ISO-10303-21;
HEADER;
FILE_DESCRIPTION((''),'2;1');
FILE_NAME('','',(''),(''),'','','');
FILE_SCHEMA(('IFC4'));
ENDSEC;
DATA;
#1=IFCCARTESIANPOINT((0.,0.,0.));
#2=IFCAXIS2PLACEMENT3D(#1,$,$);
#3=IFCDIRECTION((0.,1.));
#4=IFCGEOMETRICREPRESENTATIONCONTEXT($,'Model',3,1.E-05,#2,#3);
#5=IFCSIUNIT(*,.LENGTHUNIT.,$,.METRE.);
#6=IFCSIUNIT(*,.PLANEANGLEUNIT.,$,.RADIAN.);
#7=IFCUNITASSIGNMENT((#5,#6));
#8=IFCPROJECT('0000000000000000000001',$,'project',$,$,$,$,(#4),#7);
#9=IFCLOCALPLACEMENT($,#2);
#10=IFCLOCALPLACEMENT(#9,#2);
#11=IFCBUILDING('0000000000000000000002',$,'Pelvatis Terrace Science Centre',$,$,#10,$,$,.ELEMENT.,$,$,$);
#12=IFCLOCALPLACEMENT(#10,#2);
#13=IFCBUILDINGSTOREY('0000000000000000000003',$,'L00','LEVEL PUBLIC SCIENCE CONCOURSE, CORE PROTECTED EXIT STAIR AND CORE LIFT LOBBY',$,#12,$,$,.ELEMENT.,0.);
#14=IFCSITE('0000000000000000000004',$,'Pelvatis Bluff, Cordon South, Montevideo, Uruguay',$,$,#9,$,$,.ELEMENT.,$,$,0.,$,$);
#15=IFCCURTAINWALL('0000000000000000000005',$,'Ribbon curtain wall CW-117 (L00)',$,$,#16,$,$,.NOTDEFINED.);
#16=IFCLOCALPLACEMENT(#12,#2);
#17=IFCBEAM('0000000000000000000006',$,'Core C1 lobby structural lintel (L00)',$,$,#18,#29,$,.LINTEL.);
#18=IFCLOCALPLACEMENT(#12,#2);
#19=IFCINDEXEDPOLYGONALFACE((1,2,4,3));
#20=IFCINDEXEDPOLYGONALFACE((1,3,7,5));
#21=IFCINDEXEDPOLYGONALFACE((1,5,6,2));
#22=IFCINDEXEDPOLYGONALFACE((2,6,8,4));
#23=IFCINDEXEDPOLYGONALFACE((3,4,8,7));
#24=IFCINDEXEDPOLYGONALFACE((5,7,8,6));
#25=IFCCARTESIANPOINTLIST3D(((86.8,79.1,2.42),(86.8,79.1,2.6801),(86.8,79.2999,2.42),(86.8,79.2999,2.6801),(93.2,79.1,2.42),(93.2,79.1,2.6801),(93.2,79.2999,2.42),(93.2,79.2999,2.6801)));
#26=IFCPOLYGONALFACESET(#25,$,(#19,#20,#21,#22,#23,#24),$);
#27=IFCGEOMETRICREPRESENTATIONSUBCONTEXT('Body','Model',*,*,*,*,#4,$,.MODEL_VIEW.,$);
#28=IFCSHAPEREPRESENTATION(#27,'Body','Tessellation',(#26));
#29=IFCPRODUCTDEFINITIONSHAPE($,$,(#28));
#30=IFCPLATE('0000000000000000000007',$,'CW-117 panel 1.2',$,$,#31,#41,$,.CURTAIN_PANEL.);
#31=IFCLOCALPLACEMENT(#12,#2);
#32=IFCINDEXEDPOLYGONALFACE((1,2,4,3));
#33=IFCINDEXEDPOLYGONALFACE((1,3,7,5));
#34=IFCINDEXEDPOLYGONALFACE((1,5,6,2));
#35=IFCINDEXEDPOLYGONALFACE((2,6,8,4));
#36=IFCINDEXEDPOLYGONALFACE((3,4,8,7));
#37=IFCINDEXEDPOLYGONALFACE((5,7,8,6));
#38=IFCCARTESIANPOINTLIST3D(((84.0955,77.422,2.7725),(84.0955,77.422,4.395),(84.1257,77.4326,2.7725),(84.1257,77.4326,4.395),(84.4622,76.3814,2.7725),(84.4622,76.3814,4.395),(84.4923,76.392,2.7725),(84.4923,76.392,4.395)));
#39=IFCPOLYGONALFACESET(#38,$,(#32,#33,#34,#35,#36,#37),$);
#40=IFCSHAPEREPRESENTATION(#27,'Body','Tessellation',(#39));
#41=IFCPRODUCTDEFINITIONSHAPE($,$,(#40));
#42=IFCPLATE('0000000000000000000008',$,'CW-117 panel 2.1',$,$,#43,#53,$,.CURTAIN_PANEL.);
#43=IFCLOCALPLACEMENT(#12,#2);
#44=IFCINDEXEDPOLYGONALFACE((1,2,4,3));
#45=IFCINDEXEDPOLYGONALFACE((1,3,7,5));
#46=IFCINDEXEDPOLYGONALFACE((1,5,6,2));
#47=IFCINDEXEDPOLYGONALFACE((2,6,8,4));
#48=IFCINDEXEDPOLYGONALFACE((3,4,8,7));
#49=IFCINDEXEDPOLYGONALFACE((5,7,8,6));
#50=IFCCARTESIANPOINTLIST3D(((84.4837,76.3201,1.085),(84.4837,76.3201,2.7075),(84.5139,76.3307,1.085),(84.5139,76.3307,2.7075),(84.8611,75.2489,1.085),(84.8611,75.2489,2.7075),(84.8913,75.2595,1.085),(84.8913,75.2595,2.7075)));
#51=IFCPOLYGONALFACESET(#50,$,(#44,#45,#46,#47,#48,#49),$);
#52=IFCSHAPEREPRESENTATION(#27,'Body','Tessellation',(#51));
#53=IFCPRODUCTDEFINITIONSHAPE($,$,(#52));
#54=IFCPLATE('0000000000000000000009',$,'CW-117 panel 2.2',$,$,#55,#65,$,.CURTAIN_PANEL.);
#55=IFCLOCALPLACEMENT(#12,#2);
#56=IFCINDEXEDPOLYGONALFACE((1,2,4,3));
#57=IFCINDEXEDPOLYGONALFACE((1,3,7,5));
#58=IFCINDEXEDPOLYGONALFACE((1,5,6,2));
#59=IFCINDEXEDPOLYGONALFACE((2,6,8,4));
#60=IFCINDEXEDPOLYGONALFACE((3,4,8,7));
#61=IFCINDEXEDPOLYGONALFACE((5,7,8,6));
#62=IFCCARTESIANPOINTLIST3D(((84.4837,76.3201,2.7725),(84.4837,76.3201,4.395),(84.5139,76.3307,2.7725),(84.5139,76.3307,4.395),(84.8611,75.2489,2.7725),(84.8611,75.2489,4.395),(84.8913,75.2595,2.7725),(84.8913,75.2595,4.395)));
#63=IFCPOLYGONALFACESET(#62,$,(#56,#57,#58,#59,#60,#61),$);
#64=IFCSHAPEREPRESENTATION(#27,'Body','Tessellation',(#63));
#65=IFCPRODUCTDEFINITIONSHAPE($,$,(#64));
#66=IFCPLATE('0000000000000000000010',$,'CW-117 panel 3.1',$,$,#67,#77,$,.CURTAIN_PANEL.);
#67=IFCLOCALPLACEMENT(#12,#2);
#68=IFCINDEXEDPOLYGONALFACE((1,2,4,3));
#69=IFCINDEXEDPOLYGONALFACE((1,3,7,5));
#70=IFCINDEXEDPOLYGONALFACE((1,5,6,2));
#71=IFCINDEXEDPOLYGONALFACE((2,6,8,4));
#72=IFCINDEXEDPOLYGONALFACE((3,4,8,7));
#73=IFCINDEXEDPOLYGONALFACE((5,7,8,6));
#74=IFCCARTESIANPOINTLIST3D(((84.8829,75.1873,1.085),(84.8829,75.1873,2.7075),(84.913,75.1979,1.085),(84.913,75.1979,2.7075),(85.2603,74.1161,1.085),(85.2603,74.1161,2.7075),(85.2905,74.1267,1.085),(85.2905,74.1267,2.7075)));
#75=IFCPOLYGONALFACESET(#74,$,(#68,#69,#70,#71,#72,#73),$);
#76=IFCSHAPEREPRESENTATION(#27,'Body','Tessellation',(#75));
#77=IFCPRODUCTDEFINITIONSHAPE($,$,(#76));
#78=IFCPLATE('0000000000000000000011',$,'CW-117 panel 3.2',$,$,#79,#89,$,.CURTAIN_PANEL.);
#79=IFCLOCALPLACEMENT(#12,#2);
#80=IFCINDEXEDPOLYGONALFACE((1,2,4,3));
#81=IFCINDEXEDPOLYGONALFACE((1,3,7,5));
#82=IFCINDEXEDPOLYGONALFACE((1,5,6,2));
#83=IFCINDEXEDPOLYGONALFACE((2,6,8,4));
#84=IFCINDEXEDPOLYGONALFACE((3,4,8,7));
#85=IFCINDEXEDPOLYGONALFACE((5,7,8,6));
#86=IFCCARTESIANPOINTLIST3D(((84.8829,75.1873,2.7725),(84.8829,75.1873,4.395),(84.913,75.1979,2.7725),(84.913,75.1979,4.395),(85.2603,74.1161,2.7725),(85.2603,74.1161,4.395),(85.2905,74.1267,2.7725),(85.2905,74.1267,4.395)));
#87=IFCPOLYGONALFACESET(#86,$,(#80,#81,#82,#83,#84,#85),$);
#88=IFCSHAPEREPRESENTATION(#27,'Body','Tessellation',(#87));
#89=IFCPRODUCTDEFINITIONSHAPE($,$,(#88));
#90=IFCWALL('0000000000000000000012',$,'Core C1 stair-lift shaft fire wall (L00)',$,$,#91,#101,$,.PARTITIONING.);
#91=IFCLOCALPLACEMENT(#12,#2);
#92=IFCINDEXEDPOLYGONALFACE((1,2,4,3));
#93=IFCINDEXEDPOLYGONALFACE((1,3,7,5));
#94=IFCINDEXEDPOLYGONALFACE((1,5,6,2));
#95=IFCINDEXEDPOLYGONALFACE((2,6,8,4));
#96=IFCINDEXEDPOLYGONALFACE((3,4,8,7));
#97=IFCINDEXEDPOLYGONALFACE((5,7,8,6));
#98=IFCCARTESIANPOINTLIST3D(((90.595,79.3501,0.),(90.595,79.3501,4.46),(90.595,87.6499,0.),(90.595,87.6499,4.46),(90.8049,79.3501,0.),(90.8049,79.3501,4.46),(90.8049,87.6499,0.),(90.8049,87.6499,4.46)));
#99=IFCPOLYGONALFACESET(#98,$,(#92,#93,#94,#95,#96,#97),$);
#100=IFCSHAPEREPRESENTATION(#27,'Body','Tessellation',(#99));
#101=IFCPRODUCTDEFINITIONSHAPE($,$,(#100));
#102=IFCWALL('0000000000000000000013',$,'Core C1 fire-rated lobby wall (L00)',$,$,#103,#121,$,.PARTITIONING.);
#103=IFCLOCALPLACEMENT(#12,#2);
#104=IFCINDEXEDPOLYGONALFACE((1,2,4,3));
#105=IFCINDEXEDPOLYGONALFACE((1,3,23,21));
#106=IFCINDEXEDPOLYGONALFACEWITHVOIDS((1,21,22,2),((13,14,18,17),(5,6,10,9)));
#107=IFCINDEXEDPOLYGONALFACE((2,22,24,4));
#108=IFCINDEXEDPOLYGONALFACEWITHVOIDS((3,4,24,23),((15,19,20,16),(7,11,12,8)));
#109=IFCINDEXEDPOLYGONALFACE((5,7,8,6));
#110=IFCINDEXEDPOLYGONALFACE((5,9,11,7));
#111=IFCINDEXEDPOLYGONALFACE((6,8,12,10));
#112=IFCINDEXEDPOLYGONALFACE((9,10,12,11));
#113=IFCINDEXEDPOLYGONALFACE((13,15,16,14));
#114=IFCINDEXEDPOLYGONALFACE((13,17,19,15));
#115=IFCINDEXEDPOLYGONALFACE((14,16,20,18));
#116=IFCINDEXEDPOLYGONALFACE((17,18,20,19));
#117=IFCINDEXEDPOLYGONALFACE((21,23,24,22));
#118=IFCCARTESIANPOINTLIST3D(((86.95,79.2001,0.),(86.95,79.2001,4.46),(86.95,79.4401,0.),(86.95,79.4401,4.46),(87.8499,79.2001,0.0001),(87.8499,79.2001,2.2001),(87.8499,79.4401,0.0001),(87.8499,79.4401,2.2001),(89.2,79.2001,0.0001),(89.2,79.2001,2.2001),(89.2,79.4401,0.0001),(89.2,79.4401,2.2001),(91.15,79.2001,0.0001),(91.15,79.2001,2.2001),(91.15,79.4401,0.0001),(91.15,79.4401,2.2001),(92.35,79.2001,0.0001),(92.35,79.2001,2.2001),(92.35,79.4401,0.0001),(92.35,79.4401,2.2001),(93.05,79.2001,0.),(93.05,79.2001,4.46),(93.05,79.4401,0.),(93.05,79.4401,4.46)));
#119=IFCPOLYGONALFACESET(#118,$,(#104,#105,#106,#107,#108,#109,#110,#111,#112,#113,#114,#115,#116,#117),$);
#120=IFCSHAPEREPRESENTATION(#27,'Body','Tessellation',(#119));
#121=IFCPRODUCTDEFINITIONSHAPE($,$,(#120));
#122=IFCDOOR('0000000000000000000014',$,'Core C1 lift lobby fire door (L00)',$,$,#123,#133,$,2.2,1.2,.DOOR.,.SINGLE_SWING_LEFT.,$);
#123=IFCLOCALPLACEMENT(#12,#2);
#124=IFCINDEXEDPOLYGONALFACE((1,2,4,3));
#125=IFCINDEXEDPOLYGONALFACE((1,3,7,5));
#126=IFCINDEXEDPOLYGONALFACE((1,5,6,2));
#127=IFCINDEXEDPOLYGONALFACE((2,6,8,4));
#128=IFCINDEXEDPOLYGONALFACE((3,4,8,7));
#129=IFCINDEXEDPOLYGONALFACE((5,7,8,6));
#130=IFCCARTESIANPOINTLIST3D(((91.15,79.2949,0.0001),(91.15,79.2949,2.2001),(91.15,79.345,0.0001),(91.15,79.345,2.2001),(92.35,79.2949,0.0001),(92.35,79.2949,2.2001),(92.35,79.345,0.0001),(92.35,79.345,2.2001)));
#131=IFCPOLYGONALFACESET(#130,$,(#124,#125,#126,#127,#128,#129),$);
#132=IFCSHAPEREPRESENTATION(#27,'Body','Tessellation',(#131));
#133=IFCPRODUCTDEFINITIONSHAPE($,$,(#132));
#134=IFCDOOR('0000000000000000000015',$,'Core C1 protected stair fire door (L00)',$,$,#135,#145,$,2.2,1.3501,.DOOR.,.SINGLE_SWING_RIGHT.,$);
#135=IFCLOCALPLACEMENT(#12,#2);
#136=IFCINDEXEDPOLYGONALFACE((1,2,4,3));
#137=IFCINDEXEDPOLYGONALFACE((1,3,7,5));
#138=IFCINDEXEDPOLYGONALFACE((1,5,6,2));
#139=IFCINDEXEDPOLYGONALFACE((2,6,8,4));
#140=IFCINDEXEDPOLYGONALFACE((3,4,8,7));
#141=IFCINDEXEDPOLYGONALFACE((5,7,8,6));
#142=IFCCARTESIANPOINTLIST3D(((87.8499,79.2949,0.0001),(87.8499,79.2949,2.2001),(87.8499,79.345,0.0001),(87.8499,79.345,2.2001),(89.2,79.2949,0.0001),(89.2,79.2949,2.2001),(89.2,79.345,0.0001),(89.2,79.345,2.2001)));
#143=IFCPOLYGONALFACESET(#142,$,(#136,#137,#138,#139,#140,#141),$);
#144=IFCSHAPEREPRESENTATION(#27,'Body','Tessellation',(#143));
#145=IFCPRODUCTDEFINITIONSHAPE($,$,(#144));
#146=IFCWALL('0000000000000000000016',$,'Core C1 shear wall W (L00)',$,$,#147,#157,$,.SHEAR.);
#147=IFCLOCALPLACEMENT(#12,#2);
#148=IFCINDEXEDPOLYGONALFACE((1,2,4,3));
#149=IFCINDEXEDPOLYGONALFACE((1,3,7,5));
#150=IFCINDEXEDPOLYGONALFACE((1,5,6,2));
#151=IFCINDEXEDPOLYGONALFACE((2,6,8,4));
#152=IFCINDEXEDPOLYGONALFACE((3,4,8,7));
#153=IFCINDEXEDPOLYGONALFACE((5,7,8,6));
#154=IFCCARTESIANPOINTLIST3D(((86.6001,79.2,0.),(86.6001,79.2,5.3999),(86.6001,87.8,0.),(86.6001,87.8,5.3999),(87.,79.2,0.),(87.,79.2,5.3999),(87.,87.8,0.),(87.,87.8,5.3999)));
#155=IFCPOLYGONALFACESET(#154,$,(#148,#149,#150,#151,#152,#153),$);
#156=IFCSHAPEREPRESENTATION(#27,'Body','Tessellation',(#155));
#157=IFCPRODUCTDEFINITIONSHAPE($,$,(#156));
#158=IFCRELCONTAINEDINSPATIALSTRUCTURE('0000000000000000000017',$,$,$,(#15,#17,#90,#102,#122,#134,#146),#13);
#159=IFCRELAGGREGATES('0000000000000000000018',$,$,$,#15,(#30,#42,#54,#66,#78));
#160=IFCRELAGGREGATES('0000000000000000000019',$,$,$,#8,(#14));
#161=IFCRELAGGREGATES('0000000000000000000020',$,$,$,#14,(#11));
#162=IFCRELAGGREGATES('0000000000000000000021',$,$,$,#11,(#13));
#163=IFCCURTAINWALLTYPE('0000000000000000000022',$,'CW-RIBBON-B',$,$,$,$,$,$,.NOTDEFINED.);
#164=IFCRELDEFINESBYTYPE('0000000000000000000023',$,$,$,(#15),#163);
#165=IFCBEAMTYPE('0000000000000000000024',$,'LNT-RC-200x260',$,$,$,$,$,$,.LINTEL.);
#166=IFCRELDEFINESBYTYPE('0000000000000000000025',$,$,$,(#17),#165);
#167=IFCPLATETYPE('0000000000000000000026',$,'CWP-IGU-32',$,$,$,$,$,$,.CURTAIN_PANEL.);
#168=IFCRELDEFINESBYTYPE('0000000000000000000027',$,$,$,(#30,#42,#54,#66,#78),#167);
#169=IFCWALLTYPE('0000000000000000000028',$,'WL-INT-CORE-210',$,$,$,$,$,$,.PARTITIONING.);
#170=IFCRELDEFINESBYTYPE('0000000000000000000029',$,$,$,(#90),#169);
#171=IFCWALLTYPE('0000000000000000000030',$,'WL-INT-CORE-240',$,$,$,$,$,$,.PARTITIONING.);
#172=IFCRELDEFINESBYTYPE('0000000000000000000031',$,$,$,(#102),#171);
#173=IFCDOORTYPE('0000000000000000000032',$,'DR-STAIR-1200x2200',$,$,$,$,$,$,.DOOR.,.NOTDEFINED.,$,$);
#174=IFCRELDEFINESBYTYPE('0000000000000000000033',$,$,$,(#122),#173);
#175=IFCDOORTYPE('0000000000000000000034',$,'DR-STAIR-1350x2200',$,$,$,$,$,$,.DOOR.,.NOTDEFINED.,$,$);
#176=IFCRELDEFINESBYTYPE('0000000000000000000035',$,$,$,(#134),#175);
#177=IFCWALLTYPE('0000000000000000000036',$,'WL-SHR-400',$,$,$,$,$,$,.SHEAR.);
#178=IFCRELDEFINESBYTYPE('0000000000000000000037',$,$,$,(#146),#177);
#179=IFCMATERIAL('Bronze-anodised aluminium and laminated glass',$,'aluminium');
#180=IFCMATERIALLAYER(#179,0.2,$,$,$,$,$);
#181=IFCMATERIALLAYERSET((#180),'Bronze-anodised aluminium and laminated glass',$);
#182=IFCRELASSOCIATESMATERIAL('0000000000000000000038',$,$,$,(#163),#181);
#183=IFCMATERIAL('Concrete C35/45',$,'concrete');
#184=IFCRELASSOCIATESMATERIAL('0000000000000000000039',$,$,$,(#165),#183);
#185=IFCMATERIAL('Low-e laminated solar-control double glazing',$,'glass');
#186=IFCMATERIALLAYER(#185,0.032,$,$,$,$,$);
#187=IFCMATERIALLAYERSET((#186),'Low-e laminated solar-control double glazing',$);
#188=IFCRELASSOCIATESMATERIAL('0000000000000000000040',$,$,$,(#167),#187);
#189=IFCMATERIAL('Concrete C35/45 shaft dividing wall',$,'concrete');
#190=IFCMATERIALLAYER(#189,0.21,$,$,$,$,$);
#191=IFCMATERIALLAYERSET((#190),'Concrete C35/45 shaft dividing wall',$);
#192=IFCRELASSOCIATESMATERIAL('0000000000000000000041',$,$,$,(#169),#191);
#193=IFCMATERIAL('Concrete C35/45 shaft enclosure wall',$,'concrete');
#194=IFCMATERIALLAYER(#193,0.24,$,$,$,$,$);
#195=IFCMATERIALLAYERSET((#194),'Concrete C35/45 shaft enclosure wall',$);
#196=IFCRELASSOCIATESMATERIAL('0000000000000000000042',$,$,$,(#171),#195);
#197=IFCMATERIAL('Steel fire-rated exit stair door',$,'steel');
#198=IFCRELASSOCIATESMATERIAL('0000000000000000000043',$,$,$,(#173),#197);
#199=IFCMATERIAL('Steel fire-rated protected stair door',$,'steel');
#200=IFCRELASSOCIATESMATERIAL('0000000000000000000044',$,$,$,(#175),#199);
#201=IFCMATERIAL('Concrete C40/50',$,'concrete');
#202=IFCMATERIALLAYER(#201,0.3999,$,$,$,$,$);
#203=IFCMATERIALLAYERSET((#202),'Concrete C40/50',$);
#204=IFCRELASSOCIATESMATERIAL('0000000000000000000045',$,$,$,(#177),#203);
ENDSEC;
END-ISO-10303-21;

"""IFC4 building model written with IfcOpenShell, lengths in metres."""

from ifc_helpers import new_model, si_unit, direction, frame, frame_2d, origin, origin_2d, place, context, subcontext, project, spatial, rectangle, extrude, material, layer, layer_set, material_profile, profile_set, type_object, element, fill, aggregate, save


model = new_model("IFC4")

# Units and contexts
model_context = context("Model", 3, precision=1e-05, world=origin(), true_north=direction((0.0, 1.0)))
body_context = subcontext(model_context, "Body", "Model", "MODEL_VIEW")
ifc_project = project(units=[si_unit("LENGTHUNIT", "METRE"), si_unit("PLANEANGLEUNIT", "RADIAN")], contexts=[model_context])

# Site, building, storey
site_placement = place(None, origin())
site = spatial("IfcSite", under=ifc_project, at=site_placement, Name="Pelvatis Bluff, Cordon South, Montevideo, Uruguay", CompositionType="ELEMENT", RefElevation=0.0)
building_placement = place(site_placement, origin())
building = spatial("IfcBuilding", under=site, at=building_placement, Name="Pelvatis Terrace Science Centre", CompositionType="ELEMENT")
storey_placement = place(building_placement, origin())
storey = spatial("IfcBuildingStorey", under=building, at=storey_placement, Name="L00", Description="LEVEL PUBLIC SCIENCE CONCOURSE, CORE PROTECTED EXIT STAIR AND CORE LIFT LOBBY", CompositionType="ELEMENT", Elevation=0.0)

# Curtain wall
ifc_material_1 = material(Name="Bronze-anodised aluminium and laminated glass", Category="aluminium")
ifc_layer_1 = layer(ifc_material_1, 0.2)
ifc_layer_set_1 = layer_set([ifc_layer_1], Name="Bronze-anodised aluminium and laminated glass")
curtain_wall_type = type_object("IfcCurtainWallType", Name="CW-RIBBON-B", PredefinedType="NOTDEFINED", material=ifc_layer_set_1)
curtain_wall_placement = place(storey_placement, origin())
curtain_wall = element("IfcCurtainWall", 1, at=curtain_wall_placement, inside=storey, type_object=curtain_wall_type, Name="Ribbon curtain wall CW-117 (L00)", PredefinedType="NOTDEFINED")

# Beam
ifc_material_2 = material(Name="Concrete C35/45", Category="concrete")
ifc_material_profile_1 = material_profile(ifc_material_2, rectangle(XDim=0.2, YDim=0.26, at=origin_2d()), Name="RC-LNT 200x260")
ifc_profile_set_1 = profile_set([ifc_material_profile_1], Name="Concrete C35/45")
beam_type_1 = type_object("IfcBeamType", Name="LNT-RC-200x260", PredefinedType="LINTEL", material=ifc_profile_set_1)
beam_1_placement = place(storey_placement, frame((86.8, 79.2, 2.55), z_axis=(1.0, 0.0, 0.0), x_axis=(0.0, 1.0, 0.0)))
element("IfcBeam", 2, at=beam_1_placement, inside=storey, type_object=beam_type_1, Name="Core C1 lobby structural lintel (L00)", PredefinedType="LINTEL", context=body_context, shape_type="SweptSolid", body=[
    extrude(rectangle(XDim=0.2, YDim=0.26, at=origin_2d()), origin(), (0.0, 0.0, 1.0), 6.3999),
])

# Plates
ifc_material_3 = material(Name="Low-e laminated solar-control double glazing", Category="glass")
ifc_layer_2 = layer(ifc_material_3, 0.032)
ifc_layer_set_2 = layer_set([ifc_layer_2], Name="Low-e laminated solar-control double glazing")
plate_type = type_object("IfcPlateType", Name="CWP-IGU-32", PredefinedType="CURTAIN_PANEL", material=ifc_layer_set_2)
plate_1_placement = place(storey_placement, frame((84.2939, 76.907, 2.7725), z_axis=(0.0, 0.0, 1.0), x_axis=(0.332308, -0.943171, 0.0)))
plate_1 = element("IfcPlate", 3, at=plate_1_placement, type_object=plate_type, Name="CW-117 panel 1.2", PredefinedType="CURTAIN_PANEL", context=body_context, shape_type="SweptSolid", body=[
    extrude(rectangle(XDim=1.1033, YDim=0.032, at=origin_2d()), origin(), (0.0, 0.0, 1.0), 1.6226),
])
plate_2_placement = place(storey_placement, frame((84.6875, 75.7898, 1.085), z_axis=(0.0, 0.0, 1.0), x_axis=(0.332308, -0.943171, 0.0)))
plate_2 = element("IfcPlate", 4, at=plate_2_placement, type_object=plate_type, Name="CW-117 panel 2.1", PredefinedType="CURTAIN_PANEL", context=body_context, shape_type="SweptSolid", body=[
    extrude(rectangle(XDim=1.1357, YDim=0.032, at=origin_2d()), origin(), (0.0, 0.0, 1.0), 1.6226),
])
plate_3_placement = place(storey_placement, frame((84.6875, 75.7898, 2.7725), z_axis=(0.0, 0.0, 1.0), x_axis=(0.332308, -0.943171, 0.0)))
plate_3 = element("IfcPlate", 5, at=plate_3_placement, type_object=plate_type, Name="CW-117 panel 2.2", PredefinedType="CURTAIN_PANEL", context=body_context, shape_type="SweptSolid", body=[
    extrude(rectangle(XDim=1.1357, YDim=0.032, at=origin_2d()), origin(), (0.0, 0.0, 1.0), 1.6226),
])
plate_4_placement = place(storey_placement, frame((85.0867, 74.657, 1.085), z_axis=(0.0, 0.0, 1.0), x_axis=(0.332308, -0.943171, 0.0)))
plate_4 = element("IfcPlate", 6, at=plate_4_placement, type_object=plate_type, Name="CW-117 panel 3.1", PredefinedType="CURTAIN_PANEL", context=body_context, shape_type="SweptSolid", body=[
    extrude(rectangle(XDim=1.1357, YDim=0.032, at=origin_2d()), origin(), (0.0, 0.0, 1.0), 1.6226),
])
plate_5_placement = place(storey_placement, frame((85.0867, 74.657, 2.7725), z_axis=(0.0, 0.0, 1.0), x_axis=(0.332308, -0.943171, 0.0)))
plate_5 = element("IfcPlate", 7, at=plate_5_placement, type_object=plate_type, Name="CW-117 panel 3.2", PredefinedType="CURTAIN_PANEL", context=body_context, shape_type="SweptSolid", body=[
    extrude(rectangle(XDim=1.1357, YDim=0.032, at=origin_2d()), origin(), (0.0, 0.0, 1.0), 1.6226),
])
aggregate(curtain_wall, [plate_1, plate_2, plate_3, plate_4, plate_5])

# Wall
ifc_material_4 = material(Name="Concrete C35/45 shaft dividing wall", Category="concrete")
ifc_layer_3 = layer(ifc_material_4, 0.21)
ifc_layer_set_3 = layer_set([ifc_layer_3], Name="Concrete C35/45 shaft dividing wall")
wall_type_1 = type_object("IfcWallType", Name="WL-INT-CORE-210", PredefinedType="PARTITIONING", material=ifc_layer_set_3)
wall_1_placement = place(storey_placement, frame((90.7, 79.3501, 0.0), z_axis=(0.0, 0.0, 1.0), x_axis=(0.0, 1.0, 0.0)))
element("IfcWall", 8, at=wall_1_placement, inside=storey, type_object=wall_type_1, Name="Core C1 stair-lift shaft fire wall (L00)", PredefinedType="PARTITIONING", context=body_context, shape_type="SweptSolid", body=[
    extrude(rectangle(XDim=8.2998, YDim=0.21, at=frame_2d((4.1499, 0.0))), origin(), (0.0, 0.0, 1.0), 4.46),
])

# Wall, openings, doors
ifc_material_5 = material(Name="Concrete C35/45 shaft enclosure wall", Category="concrete")
ifc_layer_4 = layer(ifc_material_5, 0.24)
ifc_layer_set_4 = layer_set([ifc_layer_4], Name="Concrete C35/45 shaft enclosure wall")
wall_type_2 = type_object("IfcWallType", Name="WL-INT-CORE-240", PredefinedType="PARTITIONING", material=ifc_layer_set_4)
wall_2_placement = place(storey_placement, frame((86.95, 79.3201, 0.0), z_axis=(0.0, 0.0, 1.0), x_axis=(1.0, 0.0, 0.0)))
wall_2 = element("IfcWall", 9, at=wall_2_placement, inside=storey, type_object=wall_type_2, Name="Core C1 fire-rated lobby wall (L00)", PredefinedType="PARTITIONING", context=body_context, shape_type="SweptSolid", body=[
    extrude(rectangle(XDim=6.1001, YDim=0.24, at=frame_2d((3.05, 0.0))), origin(), (0.0, 0.0, 1.0), 4.46),
])
opening_1_placement = place(wall_2_placement, frame((0.8999, 0.0, 0.0)))
opening_1 = element("IfcOpeningElement", 10, at=opening_1_placement, cuts=wall_2, PredefinedType="OPENING", context=body_context, shape_type="SweptSolid", body=[
    extrude(rectangle(XDim=1.3501, YDim=2.2, at=frame_2d((0.675, 1.1001))), frame((0.0, 0.1299, 0.0), z_axis=(0.0, -1.0, 0.0), x_axis=(1.0, 0.0, 0.0)), (0.0, 0.0, 1.0), 0.26),
])
opening_2_placement = place(wall_2_placement, frame((4.2, 0.0, 0.0)))
opening_2 = element("IfcOpeningElement", 11, at=opening_2_placement, cuts=wall_2, PredefinedType="OPENING", context=body_context, shape_type="SweptSolid", body=[
    extrude(rectangle(XDim=1.2, YDim=2.2, at=frame_2d((0.6001, 1.1001))), frame((0.0, 0.1299, 0.0), z_axis=(0.0, -1.0, 0.0), x_axis=(1.0, 0.0, 0.0)), (0.0, 0.0, 1.0), 0.26),
])
ifc_material_6 = material(Name="Steel fire-rated exit stair door", Category="steel")
door_type_1 = type_object("IfcDoorType", Name="DR-STAIR-1200x2200", OperationType="NOTDEFINED", PredefinedType="DOOR", material=ifc_material_6)
door_1_placement = place(opening_2_placement, origin())
door_1 = element("IfcDoor", 12, at=door_1_placement, inside=storey, type_object=door_type_1, Name="Core C1 lift lobby fire door (L00)", OperationType="SINGLE_SWING_LEFT", OverallHeight=2.2, OverallWidth=1.2, PredefinedType="DOOR", context=body_context, shape_type="SweptSolid", body=[
    extrude(rectangle(XDim=1.2, YDim=2.2, at=frame_2d((0.6001, 1.1001))), frame((0.0, 0.0249, 0.0), z_axis=(0.0, -1.0, 0.0), x_axis=(1.0, 0.0, 0.0)), (0.0, 0.0, 1.0), 0.05),
])
fill(opening_2, door_1)
ifc_material_7 = material(Name="Steel fire-rated protected stair door", Category="steel")
door_type_2 = type_object("IfcDoorType", Name="DR-STAIR-1350x2200", OperationType="NOTDEFINED", PredefinedType="DOOR", material=ifc_material_7)
door_2_placement = place(opening_1_placement, origin())
door_2 = element("IfcDoor", 13, at=door_2_placement, inside=storey, type_object=door_type_2, Name="Core C1 protected stair fire door (L00)", OperationType="SINGLE_SWING_RIGHT", OverallHeight=2.2, OverallWidth=1.3501, PredefinedType="DOOR", context=body_context, shape_type="SweptSolid", body=[
    extrude(rectangle(XDim=1.3501, YDim=2.2, at=frame_2d((0.675, 1.1001))), frame((0.0, 0.0249, 0.0), z_axis=(0.0, -1.0, 0.0), x_axis=(1.0, 0.0, 0.0)), (0.0, 0.0, 1.0), 0.05),
])
fill(opening_1, door_2)

# Wall
ifc_material_8 = material(Name="Concrete C40/50", Category="concrete")
ifc_layer_5 = layer(ifc_material_8, 0.3999)
ifc_layer_set_5 = layer_set([ifc_layer_5], Name="Concrete C40/50")
wall_type_3 = type_object("IfcWallType", Name="WL-SHR-400", PredefinedType="SHEAR", material=ifc_layer_set_5)
wall_3_placement = place(storey_placement, frame((86.8, 79.2, 0.0), z_axis=(0.0, 0.0, 1.0), x_axis=(0.0, 1.0, 0.0)))
element("IfcWall", 14, at=wall_3_placement, inside=storey, type_object=wall_type_3, Name="Core C1 shear wall W (L00)", PredefinedType="SHEAR", context=body_context, shape_type="SweptSolid", body=[
    extrude(rectangle(XDim=8.6001, YDim=0.3999, at=frame_2d((4.3, 0.0))), origin(), (0.0, 0.0, 1.0), 5.3999),
])

save(model, "model.ifc")
